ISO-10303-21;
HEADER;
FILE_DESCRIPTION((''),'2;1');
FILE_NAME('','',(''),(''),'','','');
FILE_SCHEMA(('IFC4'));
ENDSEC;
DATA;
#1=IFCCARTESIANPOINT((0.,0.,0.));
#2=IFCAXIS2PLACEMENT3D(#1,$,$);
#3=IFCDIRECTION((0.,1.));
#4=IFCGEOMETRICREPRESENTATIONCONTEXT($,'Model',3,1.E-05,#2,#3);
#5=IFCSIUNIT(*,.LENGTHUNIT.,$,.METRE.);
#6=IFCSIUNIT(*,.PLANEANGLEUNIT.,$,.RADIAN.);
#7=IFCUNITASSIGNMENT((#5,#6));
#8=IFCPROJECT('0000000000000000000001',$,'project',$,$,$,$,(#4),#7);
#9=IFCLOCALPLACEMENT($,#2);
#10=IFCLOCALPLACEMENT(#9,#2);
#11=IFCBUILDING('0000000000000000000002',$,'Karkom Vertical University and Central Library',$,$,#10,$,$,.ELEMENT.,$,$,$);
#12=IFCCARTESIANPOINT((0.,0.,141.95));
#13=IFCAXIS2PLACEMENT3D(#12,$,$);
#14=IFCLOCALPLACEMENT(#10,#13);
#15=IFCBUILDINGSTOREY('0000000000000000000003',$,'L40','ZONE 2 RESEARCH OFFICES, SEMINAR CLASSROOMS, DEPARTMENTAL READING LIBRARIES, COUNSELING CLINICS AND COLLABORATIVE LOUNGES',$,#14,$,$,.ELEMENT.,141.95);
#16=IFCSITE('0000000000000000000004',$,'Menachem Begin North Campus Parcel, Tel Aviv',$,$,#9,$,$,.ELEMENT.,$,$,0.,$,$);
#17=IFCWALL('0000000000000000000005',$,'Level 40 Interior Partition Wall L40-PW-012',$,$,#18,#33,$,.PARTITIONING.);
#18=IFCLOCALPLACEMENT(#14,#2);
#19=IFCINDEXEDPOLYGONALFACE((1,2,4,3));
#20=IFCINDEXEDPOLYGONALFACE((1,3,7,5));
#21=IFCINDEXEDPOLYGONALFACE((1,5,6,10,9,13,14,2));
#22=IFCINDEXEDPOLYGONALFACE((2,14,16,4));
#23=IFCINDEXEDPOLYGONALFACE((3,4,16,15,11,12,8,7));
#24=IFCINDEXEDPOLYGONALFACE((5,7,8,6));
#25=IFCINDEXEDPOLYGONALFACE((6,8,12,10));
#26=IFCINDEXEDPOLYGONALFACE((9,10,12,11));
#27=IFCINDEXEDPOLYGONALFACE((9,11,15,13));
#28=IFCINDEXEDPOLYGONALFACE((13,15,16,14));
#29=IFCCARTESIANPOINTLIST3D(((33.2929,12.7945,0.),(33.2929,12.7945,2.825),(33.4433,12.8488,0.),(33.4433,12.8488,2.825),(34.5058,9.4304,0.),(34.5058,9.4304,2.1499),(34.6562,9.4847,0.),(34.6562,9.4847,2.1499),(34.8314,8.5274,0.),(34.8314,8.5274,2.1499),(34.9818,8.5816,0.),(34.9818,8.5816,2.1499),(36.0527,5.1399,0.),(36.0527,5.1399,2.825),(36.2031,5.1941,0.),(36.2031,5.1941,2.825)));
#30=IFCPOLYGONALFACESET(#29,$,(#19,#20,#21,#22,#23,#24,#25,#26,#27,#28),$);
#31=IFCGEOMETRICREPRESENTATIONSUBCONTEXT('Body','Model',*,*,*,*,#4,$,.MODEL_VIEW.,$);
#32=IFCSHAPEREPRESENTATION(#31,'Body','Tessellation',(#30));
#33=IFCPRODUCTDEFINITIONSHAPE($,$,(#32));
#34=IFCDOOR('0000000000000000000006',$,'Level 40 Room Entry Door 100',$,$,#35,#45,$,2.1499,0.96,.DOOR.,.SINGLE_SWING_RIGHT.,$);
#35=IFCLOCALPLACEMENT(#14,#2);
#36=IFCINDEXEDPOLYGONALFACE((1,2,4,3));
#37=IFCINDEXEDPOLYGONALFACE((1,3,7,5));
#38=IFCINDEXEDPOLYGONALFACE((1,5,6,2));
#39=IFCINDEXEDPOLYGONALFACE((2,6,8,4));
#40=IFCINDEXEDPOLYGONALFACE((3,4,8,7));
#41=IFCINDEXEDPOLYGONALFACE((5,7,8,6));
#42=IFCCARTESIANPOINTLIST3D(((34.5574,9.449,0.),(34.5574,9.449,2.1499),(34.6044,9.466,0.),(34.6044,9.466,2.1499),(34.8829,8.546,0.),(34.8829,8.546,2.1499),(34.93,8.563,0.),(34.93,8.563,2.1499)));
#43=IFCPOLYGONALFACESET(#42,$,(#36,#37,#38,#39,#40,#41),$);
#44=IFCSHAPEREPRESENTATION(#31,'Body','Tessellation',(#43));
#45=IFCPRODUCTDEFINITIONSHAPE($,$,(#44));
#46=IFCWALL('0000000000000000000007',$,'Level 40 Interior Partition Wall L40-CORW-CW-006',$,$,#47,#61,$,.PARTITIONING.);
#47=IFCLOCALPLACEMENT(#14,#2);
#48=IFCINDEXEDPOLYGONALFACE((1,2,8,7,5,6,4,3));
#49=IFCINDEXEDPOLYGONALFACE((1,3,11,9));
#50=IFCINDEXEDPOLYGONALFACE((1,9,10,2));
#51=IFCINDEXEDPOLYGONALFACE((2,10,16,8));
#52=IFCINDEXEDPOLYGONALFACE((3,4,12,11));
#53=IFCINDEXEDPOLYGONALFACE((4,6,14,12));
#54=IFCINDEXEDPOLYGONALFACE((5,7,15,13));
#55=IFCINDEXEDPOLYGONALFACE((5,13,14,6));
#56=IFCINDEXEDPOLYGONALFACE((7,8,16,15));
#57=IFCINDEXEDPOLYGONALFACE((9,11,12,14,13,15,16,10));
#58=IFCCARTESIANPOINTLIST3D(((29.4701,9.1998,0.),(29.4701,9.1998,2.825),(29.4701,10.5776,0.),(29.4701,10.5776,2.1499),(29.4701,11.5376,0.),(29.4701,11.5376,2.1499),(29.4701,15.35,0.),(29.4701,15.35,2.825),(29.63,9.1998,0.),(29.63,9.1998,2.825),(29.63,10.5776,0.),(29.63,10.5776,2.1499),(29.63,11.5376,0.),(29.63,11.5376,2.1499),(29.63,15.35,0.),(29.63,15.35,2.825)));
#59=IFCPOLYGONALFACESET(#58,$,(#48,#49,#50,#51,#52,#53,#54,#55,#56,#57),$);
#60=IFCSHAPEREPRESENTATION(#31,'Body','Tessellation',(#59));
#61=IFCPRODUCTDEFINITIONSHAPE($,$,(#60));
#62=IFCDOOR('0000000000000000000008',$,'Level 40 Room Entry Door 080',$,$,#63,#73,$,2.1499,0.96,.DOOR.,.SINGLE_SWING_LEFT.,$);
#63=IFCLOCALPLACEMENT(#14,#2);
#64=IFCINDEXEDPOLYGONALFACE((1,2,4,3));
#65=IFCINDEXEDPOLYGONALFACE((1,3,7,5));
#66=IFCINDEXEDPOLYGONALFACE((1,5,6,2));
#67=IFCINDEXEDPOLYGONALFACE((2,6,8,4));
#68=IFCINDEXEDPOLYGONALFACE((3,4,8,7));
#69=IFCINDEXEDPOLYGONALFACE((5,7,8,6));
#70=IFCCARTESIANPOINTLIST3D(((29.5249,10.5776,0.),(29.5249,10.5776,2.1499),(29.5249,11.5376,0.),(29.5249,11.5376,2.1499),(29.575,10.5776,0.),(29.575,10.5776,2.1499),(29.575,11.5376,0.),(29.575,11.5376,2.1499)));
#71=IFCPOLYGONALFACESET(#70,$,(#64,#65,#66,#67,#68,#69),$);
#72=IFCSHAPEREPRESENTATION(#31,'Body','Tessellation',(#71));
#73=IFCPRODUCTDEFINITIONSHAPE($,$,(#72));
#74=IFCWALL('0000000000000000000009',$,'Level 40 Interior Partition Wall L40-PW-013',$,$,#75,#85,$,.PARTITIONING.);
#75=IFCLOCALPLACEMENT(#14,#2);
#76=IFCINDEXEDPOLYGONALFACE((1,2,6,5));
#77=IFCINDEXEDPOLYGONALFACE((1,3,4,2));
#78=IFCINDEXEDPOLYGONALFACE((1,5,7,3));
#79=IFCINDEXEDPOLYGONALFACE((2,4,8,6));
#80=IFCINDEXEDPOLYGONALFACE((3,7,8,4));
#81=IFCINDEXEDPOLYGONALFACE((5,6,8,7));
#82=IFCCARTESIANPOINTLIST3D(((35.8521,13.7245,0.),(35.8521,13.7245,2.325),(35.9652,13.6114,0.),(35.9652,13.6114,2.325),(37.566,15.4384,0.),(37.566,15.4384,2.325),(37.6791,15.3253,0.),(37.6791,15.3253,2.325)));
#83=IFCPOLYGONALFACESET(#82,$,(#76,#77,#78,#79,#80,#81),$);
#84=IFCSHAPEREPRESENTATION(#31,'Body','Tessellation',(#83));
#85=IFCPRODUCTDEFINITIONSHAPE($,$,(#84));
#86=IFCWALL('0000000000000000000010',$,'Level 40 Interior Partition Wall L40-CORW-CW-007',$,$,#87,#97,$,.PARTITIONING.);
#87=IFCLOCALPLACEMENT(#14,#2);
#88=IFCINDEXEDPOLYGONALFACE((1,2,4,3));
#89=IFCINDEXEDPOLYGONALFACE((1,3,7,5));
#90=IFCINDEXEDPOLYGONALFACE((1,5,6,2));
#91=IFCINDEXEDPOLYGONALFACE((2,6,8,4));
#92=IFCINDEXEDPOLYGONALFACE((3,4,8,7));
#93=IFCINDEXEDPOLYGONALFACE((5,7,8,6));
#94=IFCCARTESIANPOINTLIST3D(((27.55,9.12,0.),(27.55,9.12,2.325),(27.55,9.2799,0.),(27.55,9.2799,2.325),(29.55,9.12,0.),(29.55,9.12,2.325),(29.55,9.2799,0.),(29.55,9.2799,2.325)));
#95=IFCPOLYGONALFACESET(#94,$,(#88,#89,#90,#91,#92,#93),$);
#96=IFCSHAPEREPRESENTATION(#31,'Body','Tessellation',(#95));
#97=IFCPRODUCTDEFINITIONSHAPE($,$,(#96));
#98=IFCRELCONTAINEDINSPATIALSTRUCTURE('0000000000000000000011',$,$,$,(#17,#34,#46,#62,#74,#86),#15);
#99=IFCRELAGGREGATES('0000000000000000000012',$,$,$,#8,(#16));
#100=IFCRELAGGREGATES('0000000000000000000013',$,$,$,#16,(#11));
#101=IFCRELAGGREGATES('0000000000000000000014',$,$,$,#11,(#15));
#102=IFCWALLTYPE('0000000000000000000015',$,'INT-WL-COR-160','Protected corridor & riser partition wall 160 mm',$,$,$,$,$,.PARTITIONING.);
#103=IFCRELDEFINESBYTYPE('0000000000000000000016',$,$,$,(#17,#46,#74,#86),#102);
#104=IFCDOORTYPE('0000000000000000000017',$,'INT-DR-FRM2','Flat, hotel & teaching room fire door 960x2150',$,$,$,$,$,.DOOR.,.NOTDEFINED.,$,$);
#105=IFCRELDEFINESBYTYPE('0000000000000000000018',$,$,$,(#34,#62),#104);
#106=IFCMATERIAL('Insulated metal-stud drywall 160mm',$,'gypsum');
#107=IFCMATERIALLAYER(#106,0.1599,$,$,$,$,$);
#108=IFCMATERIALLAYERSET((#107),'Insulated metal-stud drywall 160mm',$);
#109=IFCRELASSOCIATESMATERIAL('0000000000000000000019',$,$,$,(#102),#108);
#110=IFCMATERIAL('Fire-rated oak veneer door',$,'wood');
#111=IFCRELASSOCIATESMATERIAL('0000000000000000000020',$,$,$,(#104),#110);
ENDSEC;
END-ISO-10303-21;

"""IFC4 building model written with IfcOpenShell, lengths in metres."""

from ifc_helpers import new_model, si_unit, direction, frame, frame_2d, origin, origin_with_axes, place, context, subcontext, project, spatial, rectangle, extrude, source, transform, mapped, material, layer, layer_set, type_object, element, fill, save


model = new_model("IFC4")

# Units and contexts
model_context = context("Model", 3, precision=1e-05, world=origin(), true_north=direction((0.0, 1.0)))
body_context = subcontext(model_context, "Body", "Model", "MODEL_VIEW")
ifc_project = project(units=[si_unit("LENGTHUNIT", "METRE"), si_unit("PLANEANGLEUNIT", "RADIAN")], contexts=[model_context])

# Site, building, storey
site_placement = place(None, origin())
site = spatial("IfcSite", under=ifc_project, at=site_placement, Name="Menachem Begin North Campus Parcel, Tel Aviv", CompositionType="ELEMENT", RefElevation=0.0)
building_placement = place(site_placement, origin())
building = spatial("IfcBuilding", under=site, at=building_placement, Name="Karkom Vertical University and Central Library", CompositionType="ELEMENT")
storey_placement = place(building_placement, frame((0.0, 0.0, 141.95)))
storey = spatial("IfcBuildingStorey", under=building, at=storey_placement, Name="L40", Description="ZONE 2 RESEARCH OFFICES, SEMINAR CLASSROOMS, DEPARTMENTAL READING LIBRARIES, COUNSELING CLINICS AND COLLABORATIVE LOUNGES", CompositionType="ELEMENT", Elevation=141.95)

# Walls, openings, doors
ifc_material_1 = material(Name="Insulated metal-stud drywall 160mm", Category="gypsum")
ifc_layer_1 = layer(ifc_material_1, 0.1599)
ifc_layer_set_1 = layer_set([ifc_layer_1], Name="Insulated metal-stud drywall 160mm")
wall_type_1 = type_object("IfcWallType", Name="INT-WL-COR-160", Description="Protected corridor & riser partition wall 160 mm", PredefinedType="PARTITIONING", material=ifc_layer_set_1)
wall_1_placement = place(storey_placement, frame((33.3682, 12.8215, 0.0), z_axis=(0.0, 0.0, 1.0), x_axis=(0.339169, -0.940726, 0.0)))
wall_1 = element("IfcWall", 1, at=wall_1_placement, inside=storey, type_object=wall_type_1, Name="Level 40 Interior Partition Wall L40-PW-012", PredefinedType="PARTITIONING", context=body_context, shape_type="SweptSolid", body=[
    extrude(rectangle(XDim=8.137, YDim=0.1599, at=frame_2d((4.0684, 0.0))), origin(), (0.0, 0.0, 1.0), 2.825),
])
opening_1_placement = place(wall_1_placement, frame((3.5759, 0.0, 0.0)))
opening_1 = element("IfcOpeningElement", 2, at=opening_1_placement, cuts=wall_1, PredefinedType="OPENING", context=body_context, shape_type="SweptSolid", body=[
    extrude(rectangle(XDim=0.96, YDim=2.1499, at=frame_2d((0.48, 1.075))), frame((0.0, 0.0898, 0.0), z_axis=(0.0, -1.0, 0.0), x_axis=(1.0, 0.0, 0.0)), (0.0, 0.0, 1.0), 0.1799),
])
ifc_material_2 = material(Name="Fire-rated oak veneer door", Category="wood")
door_type_1 = type_object("IfcDoorType", Name="INT-DR-FRM2", Description="Flat, hotel & teaching room fire door 960x2150", OperationType="NOTDEFINED", PredefinedType="DOOR", material=ifc_material_2)
shared_shape_1 = source(origin_with_axes(), body_context, "Body", "SweptSolid", [
    extrude(rectangle(XDim=0.96, YDim=2.1499, at=frame_2d((0.48, 1.075))), frame((0.0, 0.0249, 0.0), z_axis=(0.0, -1.0, 0.0), x_axis=(1.0, 0.0, 0.0)), (0.0, 0.0, 1.0), 0.05),
])
door_1_placement = place(opening_1_placement, origin())
door_1 = element("IfcDoor", 3, at=door_1_placement, inside=storey, type_object=door_type_1, Name="Level 40 Room Entry Door 100", OperationType="SINGLE_SWING_RIGHT", OverallHeight=2.1499, OverallWidth=0.96, PredefinedType="DOOR", context=body_context, shape_type="MappedRepresentation", body=[
    mapped(shared_shape_1, transform((0.0, 0.0, 0.0), scale=1.0)),
])
fill(opening_1, door_1)
wall_2_placement = place(storey_placement, frame((29.55, 15.3501, 0.0), z_axis=(0.0, 0.0, 1.0), x_axis=(0.0, -1.0, 0.0)))
wall_2 = element("IfcWall", 4, at=wall_2_placement, inside=storey, type_object=wall_type_1, Name="Level 40 Interior Partition Wall L40-CORW-CW-006", PredefinedType="PARTITIONING", context=body_context, shape_type="SweptSolid", body=[
    extrude(rectangle(XDim=6.1501, YDim=0.1599, at=frame_2d((3.0752, 0.0))), origin(), (0.0, 0.0, 1.0), 2.825),
])
opening_2_placement = place(wall_2_placement, frame((3.8125, 0.0, 0.0)))
opening_2 = element("IfcOpeningElement", 5, at=opening_2_placement, cuts=wall_2, PredefinedType="OPENING", context=body_context, shape_type="SweptSolid", body=[
    extrude(rectangle(XDim=0.96, YDim=2.1499, at=frame_2d((0.48, 1.075))), frame((0.0, 0.0898, 0.0), z_axis=(0.0, -1.0, 0.0), x_axis=(1.0, 0.0, 0.0)), (0.0, 0.0, 1.0), 0.1799),
])
door_2_placement = place(opening_2_placement, origin())
door_2 = element("IfcDoor", 6, at=door_2_placement, inside=storey, type_object=door_type_1, Name="Level 40 Room Entry Door 080", OperationType="SINGLE_SWING_LEFT", OverallHeight=2.1499, OverallWidth=0.96, PredefinedType="DOOR", context=body_context, shape_type="MappedRepresentation", body=[
    mapped(shared_shape_1, transform((0.0, 0.0, 0.0), scale=1.0)),
])
fill(opening_2, door_2)

# Walls
wall_3_placement = place(storey_placement, frame((37.6226, 15.3818, 0.0), z_axis=(0.0, 0.0, 1.0), x_axis=(-0.707107, -0.707107, 0.0)))
element("IfcWall", 7, at=wall_3_placement, inside=storey, type_object=wall_type_1, Name="Level 40 Interior Partition Wall L40-PW-013", PredefinedType="PARTITIONING", context=body_context, shape_type="SweptSolid", body=[
    extrude(rectangle(XDim=2.4238, YDim=0.1599, at=frame_2d((1.2119, 0.0))), origin(), (0.0, 0.0, 1.0), 2.325),
])
wall_4_placement = place(storey_placement, frame((29.55, 9.2, 0.0), z_axis=(0.0, 0.0, 1.0), x_axis=(-1.0, 0.0, 0.0)))
element("IfcWall", 8, at=wall_4_placement, inside=storey, type_object=wall_type_1, Name="Level 40 Interior Partition Wall L40-CORW-CW-007", PredefinedType="PARTITIONING", context=body_context, shape_type="SweptSolid", body=[
    extrude(rectangle(XDim=2.0, YDim=0.1599, at=frame_2d((1.0, 0.0))), origin(), (0.0, 0.0, 1.0), 2.325),
])

save(model, "model.ifc")
